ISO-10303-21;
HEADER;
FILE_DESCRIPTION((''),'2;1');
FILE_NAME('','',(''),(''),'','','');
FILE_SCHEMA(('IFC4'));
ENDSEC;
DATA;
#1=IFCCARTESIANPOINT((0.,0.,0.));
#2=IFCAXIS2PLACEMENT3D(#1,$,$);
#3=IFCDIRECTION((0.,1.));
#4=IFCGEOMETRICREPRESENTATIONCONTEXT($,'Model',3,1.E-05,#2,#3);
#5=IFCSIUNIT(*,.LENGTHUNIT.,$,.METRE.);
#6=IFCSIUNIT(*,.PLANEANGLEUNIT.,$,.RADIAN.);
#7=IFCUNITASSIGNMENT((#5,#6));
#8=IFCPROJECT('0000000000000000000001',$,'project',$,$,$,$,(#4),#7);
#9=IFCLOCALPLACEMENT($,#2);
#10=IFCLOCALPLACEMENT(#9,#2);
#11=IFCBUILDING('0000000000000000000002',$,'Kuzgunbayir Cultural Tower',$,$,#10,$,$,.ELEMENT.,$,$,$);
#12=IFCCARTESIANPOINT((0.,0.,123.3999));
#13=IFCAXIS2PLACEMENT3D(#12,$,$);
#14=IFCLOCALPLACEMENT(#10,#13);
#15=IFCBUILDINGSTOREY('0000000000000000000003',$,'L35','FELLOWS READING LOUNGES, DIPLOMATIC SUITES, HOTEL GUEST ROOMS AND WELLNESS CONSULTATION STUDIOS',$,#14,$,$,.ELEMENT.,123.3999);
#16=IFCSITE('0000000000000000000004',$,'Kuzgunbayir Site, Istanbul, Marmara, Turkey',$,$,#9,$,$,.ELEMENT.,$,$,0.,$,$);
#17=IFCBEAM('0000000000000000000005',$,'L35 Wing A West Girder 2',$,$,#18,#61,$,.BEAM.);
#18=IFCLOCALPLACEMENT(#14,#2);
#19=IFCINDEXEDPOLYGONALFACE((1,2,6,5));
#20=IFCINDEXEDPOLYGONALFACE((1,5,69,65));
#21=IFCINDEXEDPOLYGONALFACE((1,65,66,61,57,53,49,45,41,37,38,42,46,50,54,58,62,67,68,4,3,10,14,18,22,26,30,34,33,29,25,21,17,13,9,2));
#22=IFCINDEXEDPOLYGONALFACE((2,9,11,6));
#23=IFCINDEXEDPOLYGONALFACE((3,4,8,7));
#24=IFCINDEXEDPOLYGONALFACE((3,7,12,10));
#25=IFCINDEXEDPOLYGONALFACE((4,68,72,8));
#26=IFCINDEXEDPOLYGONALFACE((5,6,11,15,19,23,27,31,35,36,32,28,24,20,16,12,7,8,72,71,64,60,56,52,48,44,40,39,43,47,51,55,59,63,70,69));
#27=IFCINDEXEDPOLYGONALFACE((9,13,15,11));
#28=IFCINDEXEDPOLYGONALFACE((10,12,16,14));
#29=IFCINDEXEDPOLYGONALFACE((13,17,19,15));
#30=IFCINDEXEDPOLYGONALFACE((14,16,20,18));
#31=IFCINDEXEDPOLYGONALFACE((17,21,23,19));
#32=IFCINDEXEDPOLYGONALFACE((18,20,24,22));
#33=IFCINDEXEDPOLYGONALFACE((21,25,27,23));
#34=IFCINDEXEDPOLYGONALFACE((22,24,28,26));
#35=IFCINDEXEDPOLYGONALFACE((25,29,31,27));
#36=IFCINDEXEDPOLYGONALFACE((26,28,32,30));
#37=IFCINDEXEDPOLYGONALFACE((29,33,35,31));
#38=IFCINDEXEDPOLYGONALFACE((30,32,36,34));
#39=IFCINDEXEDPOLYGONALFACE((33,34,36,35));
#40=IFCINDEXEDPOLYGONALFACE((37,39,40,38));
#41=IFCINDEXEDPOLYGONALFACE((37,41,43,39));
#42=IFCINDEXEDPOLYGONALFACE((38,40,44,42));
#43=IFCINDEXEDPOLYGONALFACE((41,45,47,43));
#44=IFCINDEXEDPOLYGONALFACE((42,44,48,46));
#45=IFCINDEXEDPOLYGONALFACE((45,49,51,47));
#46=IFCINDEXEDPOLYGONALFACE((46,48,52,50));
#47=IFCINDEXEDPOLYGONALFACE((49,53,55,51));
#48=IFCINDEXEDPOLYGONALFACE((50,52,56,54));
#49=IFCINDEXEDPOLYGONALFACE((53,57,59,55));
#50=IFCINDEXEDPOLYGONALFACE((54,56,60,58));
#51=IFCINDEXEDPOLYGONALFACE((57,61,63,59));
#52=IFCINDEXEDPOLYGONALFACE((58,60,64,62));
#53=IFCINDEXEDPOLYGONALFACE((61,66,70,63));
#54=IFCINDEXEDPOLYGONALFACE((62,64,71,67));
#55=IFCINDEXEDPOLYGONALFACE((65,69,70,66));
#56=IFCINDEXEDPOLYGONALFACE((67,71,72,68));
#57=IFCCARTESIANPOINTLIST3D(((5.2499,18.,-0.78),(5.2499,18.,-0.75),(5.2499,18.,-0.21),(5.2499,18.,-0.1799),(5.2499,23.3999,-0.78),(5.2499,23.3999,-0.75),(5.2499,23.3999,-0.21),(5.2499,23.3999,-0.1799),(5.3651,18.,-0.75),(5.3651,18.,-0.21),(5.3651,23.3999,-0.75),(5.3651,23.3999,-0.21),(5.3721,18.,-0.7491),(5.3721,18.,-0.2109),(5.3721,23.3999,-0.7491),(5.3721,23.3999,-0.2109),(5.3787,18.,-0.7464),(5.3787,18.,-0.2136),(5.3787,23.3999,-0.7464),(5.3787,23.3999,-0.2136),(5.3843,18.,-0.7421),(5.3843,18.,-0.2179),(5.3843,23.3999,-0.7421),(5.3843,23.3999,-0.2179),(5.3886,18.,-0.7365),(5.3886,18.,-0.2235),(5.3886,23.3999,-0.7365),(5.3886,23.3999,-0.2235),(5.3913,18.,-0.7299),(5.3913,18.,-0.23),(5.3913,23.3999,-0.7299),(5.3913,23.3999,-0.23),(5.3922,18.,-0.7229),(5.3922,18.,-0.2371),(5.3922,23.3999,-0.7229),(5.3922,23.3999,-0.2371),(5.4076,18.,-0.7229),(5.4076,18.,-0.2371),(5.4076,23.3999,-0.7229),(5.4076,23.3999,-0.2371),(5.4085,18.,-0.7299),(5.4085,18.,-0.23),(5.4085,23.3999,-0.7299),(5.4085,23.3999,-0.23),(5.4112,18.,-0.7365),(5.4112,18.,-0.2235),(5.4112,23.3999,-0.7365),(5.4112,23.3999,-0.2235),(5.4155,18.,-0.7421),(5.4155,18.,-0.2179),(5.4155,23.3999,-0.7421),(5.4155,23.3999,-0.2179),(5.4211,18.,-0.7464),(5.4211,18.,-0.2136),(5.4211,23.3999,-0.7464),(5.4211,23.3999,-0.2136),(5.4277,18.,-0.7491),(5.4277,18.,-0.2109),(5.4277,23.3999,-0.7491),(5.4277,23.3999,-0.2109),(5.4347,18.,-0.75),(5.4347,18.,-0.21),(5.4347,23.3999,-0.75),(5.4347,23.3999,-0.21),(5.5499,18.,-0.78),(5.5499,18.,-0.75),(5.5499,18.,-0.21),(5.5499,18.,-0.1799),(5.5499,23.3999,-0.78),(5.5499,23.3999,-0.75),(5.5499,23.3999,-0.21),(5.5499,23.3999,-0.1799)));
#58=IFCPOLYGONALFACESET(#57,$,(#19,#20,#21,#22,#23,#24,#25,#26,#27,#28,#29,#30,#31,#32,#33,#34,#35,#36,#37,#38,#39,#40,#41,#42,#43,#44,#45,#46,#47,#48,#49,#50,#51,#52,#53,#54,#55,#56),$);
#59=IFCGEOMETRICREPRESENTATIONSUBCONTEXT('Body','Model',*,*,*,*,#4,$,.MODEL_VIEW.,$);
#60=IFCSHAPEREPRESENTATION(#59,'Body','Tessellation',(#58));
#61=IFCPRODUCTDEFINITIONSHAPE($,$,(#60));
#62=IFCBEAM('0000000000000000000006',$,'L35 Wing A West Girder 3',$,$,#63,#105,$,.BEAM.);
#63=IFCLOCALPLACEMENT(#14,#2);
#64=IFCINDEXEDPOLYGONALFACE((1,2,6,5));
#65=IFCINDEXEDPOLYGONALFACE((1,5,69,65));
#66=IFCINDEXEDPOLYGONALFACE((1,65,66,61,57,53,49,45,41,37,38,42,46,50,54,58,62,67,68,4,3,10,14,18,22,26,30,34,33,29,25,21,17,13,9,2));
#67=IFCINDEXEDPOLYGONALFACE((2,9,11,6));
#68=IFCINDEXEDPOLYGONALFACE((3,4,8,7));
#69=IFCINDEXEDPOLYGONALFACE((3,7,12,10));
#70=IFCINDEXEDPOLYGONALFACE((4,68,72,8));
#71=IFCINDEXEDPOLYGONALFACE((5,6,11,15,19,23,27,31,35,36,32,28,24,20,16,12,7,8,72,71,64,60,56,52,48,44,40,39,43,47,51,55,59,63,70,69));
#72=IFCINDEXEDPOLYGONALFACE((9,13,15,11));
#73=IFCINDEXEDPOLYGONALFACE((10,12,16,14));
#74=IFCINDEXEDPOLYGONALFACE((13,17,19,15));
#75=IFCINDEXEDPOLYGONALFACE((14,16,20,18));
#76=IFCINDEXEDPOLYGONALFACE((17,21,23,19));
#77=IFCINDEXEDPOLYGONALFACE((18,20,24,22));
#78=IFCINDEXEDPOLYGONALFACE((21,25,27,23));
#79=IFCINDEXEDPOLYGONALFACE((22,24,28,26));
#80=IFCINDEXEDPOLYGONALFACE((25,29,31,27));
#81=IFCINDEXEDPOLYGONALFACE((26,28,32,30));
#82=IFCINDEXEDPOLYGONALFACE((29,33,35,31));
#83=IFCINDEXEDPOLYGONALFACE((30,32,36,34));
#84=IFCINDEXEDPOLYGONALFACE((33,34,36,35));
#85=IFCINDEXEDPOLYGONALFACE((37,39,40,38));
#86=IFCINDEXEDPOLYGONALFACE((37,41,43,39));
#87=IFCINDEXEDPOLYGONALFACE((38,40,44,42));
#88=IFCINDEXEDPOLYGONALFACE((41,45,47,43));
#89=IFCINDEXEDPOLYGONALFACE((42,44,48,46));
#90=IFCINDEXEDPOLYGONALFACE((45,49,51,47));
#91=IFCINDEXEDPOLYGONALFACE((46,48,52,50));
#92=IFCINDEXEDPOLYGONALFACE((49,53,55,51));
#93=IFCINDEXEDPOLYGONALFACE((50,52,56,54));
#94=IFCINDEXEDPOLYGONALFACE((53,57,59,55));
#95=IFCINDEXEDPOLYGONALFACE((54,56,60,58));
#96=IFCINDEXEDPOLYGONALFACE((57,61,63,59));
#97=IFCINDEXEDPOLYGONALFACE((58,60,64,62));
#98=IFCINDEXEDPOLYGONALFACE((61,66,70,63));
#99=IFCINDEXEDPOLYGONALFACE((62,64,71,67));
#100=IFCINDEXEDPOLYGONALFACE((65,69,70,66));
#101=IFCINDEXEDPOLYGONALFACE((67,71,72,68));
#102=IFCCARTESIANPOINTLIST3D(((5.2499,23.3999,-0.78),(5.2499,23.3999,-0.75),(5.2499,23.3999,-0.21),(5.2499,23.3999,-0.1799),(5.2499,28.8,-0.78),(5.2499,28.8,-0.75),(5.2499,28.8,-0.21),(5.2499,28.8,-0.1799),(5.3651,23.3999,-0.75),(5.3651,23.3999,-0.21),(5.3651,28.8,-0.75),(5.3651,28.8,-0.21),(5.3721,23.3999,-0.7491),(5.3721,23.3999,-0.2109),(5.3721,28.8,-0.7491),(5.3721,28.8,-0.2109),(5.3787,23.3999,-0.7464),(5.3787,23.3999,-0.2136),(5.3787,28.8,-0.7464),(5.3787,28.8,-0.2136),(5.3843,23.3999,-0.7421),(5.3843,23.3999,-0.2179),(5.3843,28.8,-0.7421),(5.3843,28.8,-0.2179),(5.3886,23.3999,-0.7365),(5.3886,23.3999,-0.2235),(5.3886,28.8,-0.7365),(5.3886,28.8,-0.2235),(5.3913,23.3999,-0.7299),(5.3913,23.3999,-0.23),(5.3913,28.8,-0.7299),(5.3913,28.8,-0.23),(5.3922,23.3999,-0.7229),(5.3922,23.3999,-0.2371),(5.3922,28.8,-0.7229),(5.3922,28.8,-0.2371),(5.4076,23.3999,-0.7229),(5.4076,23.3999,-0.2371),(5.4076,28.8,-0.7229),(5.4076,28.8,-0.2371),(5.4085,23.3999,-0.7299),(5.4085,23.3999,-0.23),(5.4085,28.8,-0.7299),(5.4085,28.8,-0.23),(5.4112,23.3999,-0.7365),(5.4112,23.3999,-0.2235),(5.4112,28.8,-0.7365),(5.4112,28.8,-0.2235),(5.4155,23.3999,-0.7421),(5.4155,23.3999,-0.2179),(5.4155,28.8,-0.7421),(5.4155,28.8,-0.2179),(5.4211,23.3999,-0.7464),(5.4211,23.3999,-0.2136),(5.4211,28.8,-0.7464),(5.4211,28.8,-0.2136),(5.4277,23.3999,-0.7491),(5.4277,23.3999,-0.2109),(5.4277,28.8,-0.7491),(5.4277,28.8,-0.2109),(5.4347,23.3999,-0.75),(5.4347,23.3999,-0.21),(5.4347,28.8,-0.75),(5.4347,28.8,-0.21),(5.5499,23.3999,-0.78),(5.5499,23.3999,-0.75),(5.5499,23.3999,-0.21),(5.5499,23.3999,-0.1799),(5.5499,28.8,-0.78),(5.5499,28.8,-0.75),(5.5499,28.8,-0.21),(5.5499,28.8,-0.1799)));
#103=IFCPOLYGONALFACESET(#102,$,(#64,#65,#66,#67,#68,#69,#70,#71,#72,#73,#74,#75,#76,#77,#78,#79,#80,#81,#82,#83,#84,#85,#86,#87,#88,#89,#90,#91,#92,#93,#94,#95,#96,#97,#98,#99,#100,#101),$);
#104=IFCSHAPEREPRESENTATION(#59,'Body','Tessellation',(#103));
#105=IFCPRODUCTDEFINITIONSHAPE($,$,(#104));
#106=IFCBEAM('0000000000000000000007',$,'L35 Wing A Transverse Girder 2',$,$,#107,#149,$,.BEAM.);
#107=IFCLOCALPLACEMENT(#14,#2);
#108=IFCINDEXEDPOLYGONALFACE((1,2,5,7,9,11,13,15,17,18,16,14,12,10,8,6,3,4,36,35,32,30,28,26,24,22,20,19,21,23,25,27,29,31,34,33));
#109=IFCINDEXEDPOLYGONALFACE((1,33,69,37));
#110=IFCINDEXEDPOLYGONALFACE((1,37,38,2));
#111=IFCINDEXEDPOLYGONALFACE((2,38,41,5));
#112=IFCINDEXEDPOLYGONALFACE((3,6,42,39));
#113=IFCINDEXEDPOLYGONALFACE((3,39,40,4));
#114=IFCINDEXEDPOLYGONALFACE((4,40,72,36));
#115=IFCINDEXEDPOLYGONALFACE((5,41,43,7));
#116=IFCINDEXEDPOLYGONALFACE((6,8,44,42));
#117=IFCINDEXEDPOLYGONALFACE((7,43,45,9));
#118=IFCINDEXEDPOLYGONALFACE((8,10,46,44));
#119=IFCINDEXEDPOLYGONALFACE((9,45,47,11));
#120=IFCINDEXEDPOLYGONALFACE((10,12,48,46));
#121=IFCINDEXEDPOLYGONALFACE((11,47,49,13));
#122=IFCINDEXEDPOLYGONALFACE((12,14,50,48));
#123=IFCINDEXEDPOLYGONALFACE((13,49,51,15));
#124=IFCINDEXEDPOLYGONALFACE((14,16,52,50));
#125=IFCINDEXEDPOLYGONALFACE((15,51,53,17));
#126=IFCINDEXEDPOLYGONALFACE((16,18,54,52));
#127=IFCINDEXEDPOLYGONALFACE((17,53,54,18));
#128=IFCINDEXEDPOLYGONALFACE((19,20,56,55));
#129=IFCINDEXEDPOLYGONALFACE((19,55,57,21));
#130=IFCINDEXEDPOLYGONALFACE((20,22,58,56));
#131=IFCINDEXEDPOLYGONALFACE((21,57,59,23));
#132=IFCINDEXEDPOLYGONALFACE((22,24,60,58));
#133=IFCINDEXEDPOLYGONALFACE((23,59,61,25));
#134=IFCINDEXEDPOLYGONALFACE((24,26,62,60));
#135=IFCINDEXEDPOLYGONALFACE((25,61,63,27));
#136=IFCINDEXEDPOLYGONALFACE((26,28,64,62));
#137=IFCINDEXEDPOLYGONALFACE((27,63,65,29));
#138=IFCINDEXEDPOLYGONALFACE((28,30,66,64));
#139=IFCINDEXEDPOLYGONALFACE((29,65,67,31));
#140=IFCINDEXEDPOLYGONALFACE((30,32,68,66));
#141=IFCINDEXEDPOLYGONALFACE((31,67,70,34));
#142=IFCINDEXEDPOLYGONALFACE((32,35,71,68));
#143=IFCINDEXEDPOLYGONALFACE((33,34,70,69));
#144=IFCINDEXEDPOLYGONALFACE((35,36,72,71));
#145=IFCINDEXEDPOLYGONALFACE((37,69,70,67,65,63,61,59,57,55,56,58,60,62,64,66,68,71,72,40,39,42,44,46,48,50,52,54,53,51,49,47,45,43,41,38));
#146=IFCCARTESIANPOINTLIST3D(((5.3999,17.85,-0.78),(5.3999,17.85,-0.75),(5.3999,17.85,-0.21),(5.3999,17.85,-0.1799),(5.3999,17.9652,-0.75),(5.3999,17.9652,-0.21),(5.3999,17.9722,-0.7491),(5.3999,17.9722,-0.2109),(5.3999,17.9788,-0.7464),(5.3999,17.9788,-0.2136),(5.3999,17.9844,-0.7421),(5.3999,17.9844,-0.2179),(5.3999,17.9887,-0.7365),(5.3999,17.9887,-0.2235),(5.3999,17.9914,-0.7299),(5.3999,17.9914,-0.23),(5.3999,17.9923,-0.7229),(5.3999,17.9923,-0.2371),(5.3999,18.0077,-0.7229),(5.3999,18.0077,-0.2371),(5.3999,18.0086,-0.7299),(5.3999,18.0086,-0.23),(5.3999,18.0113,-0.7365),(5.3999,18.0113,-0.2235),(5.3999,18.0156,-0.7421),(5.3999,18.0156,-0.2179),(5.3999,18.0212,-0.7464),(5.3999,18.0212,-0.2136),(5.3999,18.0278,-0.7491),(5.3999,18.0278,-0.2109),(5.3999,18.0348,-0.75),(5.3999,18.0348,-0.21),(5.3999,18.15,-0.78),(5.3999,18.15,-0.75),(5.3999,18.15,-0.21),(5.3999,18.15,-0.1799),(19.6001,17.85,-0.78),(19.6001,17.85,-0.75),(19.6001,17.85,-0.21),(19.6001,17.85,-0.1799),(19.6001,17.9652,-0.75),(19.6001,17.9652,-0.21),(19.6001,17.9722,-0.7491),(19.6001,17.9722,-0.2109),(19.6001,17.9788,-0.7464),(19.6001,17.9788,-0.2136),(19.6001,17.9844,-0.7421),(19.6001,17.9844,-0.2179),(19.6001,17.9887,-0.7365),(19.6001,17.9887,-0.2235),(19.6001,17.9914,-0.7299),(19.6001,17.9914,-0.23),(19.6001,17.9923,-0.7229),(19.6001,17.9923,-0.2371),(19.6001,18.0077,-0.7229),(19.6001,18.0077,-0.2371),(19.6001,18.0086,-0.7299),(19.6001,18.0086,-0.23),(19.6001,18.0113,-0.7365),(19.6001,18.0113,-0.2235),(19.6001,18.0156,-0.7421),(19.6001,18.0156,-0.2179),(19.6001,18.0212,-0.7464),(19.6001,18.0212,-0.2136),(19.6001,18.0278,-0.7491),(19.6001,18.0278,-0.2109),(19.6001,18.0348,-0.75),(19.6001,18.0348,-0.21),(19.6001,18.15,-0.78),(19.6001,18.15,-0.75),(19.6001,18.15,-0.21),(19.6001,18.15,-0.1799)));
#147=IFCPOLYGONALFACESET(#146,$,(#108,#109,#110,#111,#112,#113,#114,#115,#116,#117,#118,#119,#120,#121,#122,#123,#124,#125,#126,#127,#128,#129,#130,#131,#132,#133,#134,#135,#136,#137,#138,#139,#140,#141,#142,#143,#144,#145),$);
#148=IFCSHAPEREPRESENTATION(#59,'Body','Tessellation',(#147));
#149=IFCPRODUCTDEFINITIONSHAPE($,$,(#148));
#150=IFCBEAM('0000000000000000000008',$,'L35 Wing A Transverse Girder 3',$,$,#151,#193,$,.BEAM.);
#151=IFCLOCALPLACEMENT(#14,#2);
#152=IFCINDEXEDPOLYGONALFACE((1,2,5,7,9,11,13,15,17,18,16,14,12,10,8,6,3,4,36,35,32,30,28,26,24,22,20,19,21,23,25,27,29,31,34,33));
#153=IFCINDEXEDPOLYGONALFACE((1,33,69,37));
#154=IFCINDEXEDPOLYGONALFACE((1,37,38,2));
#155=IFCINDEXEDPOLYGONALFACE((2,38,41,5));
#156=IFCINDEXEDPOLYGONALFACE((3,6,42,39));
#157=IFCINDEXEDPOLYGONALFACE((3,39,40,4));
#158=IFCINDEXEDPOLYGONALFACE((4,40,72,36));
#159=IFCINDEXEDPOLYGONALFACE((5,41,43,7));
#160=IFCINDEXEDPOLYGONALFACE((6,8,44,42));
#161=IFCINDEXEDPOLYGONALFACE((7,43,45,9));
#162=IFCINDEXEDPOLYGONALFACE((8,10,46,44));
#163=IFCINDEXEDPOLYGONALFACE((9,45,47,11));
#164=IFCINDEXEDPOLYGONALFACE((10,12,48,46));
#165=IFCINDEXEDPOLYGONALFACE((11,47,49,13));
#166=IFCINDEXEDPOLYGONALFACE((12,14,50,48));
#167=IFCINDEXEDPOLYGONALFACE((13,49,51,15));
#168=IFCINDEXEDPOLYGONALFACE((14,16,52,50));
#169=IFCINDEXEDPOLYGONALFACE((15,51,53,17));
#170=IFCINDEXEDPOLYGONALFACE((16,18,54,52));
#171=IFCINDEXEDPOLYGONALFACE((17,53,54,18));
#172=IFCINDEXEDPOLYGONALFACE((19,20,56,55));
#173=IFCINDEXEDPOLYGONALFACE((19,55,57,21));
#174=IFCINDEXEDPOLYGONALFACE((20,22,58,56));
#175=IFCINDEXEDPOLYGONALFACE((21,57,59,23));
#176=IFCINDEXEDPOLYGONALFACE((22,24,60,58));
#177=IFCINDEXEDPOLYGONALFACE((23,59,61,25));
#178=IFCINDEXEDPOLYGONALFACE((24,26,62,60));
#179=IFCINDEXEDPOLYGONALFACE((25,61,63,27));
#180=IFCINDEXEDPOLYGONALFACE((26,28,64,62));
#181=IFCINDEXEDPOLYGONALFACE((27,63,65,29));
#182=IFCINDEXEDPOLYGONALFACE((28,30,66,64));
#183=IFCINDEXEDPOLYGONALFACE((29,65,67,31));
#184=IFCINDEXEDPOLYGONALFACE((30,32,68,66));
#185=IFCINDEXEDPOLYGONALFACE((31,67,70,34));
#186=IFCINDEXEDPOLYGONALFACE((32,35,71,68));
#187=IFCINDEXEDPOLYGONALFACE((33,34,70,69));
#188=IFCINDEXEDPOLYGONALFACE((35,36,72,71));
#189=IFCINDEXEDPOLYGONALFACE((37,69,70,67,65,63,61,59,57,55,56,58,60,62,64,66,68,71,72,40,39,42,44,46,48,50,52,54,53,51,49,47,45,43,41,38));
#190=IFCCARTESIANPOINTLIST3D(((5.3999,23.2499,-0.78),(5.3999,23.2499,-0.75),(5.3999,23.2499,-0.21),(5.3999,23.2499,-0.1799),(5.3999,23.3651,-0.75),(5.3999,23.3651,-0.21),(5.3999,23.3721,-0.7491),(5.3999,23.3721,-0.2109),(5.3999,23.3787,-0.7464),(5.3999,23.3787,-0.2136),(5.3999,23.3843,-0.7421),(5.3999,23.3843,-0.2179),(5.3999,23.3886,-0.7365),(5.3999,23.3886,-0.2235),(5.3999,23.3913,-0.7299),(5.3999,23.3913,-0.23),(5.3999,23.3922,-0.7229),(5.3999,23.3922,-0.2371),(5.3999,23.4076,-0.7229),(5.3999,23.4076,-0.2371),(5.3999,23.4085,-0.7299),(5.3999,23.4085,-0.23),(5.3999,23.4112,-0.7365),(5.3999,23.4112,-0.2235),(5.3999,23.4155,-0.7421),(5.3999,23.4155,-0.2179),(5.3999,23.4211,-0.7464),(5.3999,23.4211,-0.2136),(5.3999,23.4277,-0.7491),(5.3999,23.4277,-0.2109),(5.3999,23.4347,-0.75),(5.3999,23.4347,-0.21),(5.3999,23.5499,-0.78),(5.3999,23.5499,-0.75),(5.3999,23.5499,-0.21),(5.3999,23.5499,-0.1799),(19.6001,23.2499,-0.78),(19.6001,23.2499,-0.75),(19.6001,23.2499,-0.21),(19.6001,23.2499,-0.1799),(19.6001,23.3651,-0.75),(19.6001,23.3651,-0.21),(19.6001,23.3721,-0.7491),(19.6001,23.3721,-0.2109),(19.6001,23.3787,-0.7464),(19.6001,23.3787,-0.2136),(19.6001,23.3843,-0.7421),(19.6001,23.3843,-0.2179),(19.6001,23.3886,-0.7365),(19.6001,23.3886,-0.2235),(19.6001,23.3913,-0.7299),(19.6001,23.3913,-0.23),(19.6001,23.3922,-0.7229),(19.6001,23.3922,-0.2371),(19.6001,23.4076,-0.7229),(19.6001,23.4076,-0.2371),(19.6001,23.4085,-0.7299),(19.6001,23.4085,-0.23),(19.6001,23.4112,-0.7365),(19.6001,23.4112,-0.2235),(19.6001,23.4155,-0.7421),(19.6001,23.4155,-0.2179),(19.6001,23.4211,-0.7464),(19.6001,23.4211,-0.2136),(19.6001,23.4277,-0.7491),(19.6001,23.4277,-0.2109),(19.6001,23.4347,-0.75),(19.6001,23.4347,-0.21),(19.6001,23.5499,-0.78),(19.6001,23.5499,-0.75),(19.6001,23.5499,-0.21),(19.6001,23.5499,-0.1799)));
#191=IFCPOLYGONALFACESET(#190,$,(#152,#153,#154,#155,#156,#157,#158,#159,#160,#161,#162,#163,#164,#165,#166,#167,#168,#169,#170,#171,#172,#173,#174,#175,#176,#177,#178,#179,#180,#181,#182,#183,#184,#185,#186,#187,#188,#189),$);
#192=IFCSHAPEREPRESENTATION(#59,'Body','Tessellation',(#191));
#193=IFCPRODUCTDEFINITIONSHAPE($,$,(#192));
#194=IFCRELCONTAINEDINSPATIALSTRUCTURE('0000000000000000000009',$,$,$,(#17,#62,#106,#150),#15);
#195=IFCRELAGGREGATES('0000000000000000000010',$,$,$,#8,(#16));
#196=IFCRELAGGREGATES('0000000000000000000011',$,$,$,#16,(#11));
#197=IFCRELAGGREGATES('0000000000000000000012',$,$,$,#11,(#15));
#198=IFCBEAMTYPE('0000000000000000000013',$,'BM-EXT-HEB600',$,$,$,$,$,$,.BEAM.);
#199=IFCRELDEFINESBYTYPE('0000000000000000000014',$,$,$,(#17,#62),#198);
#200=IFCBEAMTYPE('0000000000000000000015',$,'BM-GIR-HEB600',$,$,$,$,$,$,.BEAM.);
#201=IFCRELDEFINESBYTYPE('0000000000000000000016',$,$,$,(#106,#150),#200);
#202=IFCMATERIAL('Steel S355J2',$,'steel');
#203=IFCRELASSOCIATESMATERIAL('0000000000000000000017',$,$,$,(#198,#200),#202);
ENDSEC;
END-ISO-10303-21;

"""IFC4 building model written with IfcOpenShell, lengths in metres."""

from ifc_helpers import new_model, si_unit, direction, frame, origin, origin_2d, place, context, subcontext, project, spatial, i_section, extrude, material, material_profile, profile_set, type_object, element, save


model = new_model("IFC4")

# Units and contexts
model_context = context("Model", 3, precision=1e-05, world=origin(), true_north=direction((0.0, 1.0)))
body_context = subcontext(model_context, "Body", "Model", "MODEL_VIEW")
ifc_project = project(units=[si_unit("LENGTHUNIT", "METRE"), si_unit("PLANEANGLEUNIT", "RADIAN")], contexts=[model_context])

# Site, building, storey
site_placement = place(None, origin())
site = spatial("IfcSite", under=ifc_project, at=site_placement, Name="Kuzgunbayir Site, Istanbul, Marmara, Turkey", CompositionType="ELEMENT", RefElevation=0.0)
building_placement = place(site_placement, origin())
building = spatial("IfcBuilding", under=site, at=building_placement, Name="Kuzgunbayir Cultural Tower", CompositionType="ELEMENT")
storey_placement = place(building_placement, frame((0.0, 0.0, 123.3999)))
storey = spatial("IfcBuildingStorey", under=building, at=storey_placement, Name="L35", Description="FELLOWS READING LOUNGES, DIPLOMATIC SUITES, HOTEL GUEST ROOMS AND WELLNESS CONSULTATION STUDIOS", CompositionType="ELEMENT", Elevation=123.3999)

# Beams
ifc_material_1 = material(Name="Steel S355J2", Category="steel")
ifc_material_profile_1 = material_profile(ifc_material_1, i_section(OverallWidth=0.3, OverallDepth=0.6001, WebThickness=0.0154, FlangeThickness=0.03, FilletRadius=0.0271, at=origin_2d()), Name="HEB 600")
ifc_profile_set_1 = profile_set([ifc_material_profile_1], Name="Steel S355J2")
beam_type_1 = type_object("IfcBeamType", Name="BM-EXT-HEB600", PredefinedType="BEAM", material=ifc_profile_set_1)
beam_1_placement = place(storey_placement, frame((5.3999, 18.0, -0.48), z_axis=(0.0, 1.0, 0.0), x_axis=(-1.0, 0.0, 0.0)))
element("IfcBeam", 1, at=beam_1_placement, inside=storey, type_object=beam_type_1, Name="L35 Wing A West Girder 2", PredefinedType="BEAM", context=body_context, shape_type="SweptSolid", body=[
    extrude(i_section(OverallWidth=0.3, OverallDepth=0.6001, WebThickness=0.0154, FlangeThickness=0.03, FilletRadius=0.0271, at=origin_2d()), origin(), (0.0, 0.0, 1.0), 5.3999),
])
beam_2_placement = place(storey_placement, frame((5.3999, 23.3999, -0.48), z_axis=(0.0, 1.0, 0.0), x_axis=(-1.0, 0.0, 0.0)))
element("IfcBeam", 2, at=beam_2_placement, inside=storey, type_object=beam_type_1, Name="L35 Wing A West Girder 3", PredefinedType="BEAM", context=body_context, shape_type="SweptSolid", body=[
    extrude(i_section(OverallWidth=0.3, OverallDepth=0.6001, WebThickness=0.0154, FlangeThickness=0.03, FilletRadius=0.0271, at=origin_2d()), origin(), (0.0, 0.0, 1.0), 5.4001),
])
ifc_material_profile_2 = material_profile(ifc_material_1, i_section(OverallWidth=0.3, OverallDepth=0.6001, WebThickness=0.0154, FlangeThickness=0.03, FilletRadius=0.0271, at=origin_2d()), Name="HEB 600")
ifc_profile_set_2 = profile_set([ifc_material_profile_2], Name="Steel S355J2")
beam_type_2 = type_object("IfcBeamType", Name="BM-GIR-HEB600", PredefinedType="BEAM", material=ifc_profile_set_2)
for number, where, z_axis, x_axis, name in (
    (3, (5.3999, 18.0, -0.48), (1.0, 0.0, 0.0), (0.0, 1.0, 0.0), "L35 Wing A Transverse Girder 2"),
    (4, (5.3999, 23.3999, -0.48), (1.0, 0.0, 0.0), (0.0, 1.0, 0.0), "L35 Wing A Transverse Girder 3"),
):
    element("IfcBeam", number, at=place(storey_placement, frame(where, z_axis=z_axis, x_axis=x_axis)), inside=storey, type_object=beam_type_2, Name=name, PredefinedType="BEAM", context=body_context, shape_type="SweptSolid", body=[
        extrude(i_section(OverallWidth=0.3, OverallDepth=0.6001, WebThickness=0.0154, FlangeThickness=0.03, FilletRadius=0.0271, at=origin_2d()), origin(), (0.0, 0.0, 1.0), 14.2002),
    ])

save(model, "model.ifc")
